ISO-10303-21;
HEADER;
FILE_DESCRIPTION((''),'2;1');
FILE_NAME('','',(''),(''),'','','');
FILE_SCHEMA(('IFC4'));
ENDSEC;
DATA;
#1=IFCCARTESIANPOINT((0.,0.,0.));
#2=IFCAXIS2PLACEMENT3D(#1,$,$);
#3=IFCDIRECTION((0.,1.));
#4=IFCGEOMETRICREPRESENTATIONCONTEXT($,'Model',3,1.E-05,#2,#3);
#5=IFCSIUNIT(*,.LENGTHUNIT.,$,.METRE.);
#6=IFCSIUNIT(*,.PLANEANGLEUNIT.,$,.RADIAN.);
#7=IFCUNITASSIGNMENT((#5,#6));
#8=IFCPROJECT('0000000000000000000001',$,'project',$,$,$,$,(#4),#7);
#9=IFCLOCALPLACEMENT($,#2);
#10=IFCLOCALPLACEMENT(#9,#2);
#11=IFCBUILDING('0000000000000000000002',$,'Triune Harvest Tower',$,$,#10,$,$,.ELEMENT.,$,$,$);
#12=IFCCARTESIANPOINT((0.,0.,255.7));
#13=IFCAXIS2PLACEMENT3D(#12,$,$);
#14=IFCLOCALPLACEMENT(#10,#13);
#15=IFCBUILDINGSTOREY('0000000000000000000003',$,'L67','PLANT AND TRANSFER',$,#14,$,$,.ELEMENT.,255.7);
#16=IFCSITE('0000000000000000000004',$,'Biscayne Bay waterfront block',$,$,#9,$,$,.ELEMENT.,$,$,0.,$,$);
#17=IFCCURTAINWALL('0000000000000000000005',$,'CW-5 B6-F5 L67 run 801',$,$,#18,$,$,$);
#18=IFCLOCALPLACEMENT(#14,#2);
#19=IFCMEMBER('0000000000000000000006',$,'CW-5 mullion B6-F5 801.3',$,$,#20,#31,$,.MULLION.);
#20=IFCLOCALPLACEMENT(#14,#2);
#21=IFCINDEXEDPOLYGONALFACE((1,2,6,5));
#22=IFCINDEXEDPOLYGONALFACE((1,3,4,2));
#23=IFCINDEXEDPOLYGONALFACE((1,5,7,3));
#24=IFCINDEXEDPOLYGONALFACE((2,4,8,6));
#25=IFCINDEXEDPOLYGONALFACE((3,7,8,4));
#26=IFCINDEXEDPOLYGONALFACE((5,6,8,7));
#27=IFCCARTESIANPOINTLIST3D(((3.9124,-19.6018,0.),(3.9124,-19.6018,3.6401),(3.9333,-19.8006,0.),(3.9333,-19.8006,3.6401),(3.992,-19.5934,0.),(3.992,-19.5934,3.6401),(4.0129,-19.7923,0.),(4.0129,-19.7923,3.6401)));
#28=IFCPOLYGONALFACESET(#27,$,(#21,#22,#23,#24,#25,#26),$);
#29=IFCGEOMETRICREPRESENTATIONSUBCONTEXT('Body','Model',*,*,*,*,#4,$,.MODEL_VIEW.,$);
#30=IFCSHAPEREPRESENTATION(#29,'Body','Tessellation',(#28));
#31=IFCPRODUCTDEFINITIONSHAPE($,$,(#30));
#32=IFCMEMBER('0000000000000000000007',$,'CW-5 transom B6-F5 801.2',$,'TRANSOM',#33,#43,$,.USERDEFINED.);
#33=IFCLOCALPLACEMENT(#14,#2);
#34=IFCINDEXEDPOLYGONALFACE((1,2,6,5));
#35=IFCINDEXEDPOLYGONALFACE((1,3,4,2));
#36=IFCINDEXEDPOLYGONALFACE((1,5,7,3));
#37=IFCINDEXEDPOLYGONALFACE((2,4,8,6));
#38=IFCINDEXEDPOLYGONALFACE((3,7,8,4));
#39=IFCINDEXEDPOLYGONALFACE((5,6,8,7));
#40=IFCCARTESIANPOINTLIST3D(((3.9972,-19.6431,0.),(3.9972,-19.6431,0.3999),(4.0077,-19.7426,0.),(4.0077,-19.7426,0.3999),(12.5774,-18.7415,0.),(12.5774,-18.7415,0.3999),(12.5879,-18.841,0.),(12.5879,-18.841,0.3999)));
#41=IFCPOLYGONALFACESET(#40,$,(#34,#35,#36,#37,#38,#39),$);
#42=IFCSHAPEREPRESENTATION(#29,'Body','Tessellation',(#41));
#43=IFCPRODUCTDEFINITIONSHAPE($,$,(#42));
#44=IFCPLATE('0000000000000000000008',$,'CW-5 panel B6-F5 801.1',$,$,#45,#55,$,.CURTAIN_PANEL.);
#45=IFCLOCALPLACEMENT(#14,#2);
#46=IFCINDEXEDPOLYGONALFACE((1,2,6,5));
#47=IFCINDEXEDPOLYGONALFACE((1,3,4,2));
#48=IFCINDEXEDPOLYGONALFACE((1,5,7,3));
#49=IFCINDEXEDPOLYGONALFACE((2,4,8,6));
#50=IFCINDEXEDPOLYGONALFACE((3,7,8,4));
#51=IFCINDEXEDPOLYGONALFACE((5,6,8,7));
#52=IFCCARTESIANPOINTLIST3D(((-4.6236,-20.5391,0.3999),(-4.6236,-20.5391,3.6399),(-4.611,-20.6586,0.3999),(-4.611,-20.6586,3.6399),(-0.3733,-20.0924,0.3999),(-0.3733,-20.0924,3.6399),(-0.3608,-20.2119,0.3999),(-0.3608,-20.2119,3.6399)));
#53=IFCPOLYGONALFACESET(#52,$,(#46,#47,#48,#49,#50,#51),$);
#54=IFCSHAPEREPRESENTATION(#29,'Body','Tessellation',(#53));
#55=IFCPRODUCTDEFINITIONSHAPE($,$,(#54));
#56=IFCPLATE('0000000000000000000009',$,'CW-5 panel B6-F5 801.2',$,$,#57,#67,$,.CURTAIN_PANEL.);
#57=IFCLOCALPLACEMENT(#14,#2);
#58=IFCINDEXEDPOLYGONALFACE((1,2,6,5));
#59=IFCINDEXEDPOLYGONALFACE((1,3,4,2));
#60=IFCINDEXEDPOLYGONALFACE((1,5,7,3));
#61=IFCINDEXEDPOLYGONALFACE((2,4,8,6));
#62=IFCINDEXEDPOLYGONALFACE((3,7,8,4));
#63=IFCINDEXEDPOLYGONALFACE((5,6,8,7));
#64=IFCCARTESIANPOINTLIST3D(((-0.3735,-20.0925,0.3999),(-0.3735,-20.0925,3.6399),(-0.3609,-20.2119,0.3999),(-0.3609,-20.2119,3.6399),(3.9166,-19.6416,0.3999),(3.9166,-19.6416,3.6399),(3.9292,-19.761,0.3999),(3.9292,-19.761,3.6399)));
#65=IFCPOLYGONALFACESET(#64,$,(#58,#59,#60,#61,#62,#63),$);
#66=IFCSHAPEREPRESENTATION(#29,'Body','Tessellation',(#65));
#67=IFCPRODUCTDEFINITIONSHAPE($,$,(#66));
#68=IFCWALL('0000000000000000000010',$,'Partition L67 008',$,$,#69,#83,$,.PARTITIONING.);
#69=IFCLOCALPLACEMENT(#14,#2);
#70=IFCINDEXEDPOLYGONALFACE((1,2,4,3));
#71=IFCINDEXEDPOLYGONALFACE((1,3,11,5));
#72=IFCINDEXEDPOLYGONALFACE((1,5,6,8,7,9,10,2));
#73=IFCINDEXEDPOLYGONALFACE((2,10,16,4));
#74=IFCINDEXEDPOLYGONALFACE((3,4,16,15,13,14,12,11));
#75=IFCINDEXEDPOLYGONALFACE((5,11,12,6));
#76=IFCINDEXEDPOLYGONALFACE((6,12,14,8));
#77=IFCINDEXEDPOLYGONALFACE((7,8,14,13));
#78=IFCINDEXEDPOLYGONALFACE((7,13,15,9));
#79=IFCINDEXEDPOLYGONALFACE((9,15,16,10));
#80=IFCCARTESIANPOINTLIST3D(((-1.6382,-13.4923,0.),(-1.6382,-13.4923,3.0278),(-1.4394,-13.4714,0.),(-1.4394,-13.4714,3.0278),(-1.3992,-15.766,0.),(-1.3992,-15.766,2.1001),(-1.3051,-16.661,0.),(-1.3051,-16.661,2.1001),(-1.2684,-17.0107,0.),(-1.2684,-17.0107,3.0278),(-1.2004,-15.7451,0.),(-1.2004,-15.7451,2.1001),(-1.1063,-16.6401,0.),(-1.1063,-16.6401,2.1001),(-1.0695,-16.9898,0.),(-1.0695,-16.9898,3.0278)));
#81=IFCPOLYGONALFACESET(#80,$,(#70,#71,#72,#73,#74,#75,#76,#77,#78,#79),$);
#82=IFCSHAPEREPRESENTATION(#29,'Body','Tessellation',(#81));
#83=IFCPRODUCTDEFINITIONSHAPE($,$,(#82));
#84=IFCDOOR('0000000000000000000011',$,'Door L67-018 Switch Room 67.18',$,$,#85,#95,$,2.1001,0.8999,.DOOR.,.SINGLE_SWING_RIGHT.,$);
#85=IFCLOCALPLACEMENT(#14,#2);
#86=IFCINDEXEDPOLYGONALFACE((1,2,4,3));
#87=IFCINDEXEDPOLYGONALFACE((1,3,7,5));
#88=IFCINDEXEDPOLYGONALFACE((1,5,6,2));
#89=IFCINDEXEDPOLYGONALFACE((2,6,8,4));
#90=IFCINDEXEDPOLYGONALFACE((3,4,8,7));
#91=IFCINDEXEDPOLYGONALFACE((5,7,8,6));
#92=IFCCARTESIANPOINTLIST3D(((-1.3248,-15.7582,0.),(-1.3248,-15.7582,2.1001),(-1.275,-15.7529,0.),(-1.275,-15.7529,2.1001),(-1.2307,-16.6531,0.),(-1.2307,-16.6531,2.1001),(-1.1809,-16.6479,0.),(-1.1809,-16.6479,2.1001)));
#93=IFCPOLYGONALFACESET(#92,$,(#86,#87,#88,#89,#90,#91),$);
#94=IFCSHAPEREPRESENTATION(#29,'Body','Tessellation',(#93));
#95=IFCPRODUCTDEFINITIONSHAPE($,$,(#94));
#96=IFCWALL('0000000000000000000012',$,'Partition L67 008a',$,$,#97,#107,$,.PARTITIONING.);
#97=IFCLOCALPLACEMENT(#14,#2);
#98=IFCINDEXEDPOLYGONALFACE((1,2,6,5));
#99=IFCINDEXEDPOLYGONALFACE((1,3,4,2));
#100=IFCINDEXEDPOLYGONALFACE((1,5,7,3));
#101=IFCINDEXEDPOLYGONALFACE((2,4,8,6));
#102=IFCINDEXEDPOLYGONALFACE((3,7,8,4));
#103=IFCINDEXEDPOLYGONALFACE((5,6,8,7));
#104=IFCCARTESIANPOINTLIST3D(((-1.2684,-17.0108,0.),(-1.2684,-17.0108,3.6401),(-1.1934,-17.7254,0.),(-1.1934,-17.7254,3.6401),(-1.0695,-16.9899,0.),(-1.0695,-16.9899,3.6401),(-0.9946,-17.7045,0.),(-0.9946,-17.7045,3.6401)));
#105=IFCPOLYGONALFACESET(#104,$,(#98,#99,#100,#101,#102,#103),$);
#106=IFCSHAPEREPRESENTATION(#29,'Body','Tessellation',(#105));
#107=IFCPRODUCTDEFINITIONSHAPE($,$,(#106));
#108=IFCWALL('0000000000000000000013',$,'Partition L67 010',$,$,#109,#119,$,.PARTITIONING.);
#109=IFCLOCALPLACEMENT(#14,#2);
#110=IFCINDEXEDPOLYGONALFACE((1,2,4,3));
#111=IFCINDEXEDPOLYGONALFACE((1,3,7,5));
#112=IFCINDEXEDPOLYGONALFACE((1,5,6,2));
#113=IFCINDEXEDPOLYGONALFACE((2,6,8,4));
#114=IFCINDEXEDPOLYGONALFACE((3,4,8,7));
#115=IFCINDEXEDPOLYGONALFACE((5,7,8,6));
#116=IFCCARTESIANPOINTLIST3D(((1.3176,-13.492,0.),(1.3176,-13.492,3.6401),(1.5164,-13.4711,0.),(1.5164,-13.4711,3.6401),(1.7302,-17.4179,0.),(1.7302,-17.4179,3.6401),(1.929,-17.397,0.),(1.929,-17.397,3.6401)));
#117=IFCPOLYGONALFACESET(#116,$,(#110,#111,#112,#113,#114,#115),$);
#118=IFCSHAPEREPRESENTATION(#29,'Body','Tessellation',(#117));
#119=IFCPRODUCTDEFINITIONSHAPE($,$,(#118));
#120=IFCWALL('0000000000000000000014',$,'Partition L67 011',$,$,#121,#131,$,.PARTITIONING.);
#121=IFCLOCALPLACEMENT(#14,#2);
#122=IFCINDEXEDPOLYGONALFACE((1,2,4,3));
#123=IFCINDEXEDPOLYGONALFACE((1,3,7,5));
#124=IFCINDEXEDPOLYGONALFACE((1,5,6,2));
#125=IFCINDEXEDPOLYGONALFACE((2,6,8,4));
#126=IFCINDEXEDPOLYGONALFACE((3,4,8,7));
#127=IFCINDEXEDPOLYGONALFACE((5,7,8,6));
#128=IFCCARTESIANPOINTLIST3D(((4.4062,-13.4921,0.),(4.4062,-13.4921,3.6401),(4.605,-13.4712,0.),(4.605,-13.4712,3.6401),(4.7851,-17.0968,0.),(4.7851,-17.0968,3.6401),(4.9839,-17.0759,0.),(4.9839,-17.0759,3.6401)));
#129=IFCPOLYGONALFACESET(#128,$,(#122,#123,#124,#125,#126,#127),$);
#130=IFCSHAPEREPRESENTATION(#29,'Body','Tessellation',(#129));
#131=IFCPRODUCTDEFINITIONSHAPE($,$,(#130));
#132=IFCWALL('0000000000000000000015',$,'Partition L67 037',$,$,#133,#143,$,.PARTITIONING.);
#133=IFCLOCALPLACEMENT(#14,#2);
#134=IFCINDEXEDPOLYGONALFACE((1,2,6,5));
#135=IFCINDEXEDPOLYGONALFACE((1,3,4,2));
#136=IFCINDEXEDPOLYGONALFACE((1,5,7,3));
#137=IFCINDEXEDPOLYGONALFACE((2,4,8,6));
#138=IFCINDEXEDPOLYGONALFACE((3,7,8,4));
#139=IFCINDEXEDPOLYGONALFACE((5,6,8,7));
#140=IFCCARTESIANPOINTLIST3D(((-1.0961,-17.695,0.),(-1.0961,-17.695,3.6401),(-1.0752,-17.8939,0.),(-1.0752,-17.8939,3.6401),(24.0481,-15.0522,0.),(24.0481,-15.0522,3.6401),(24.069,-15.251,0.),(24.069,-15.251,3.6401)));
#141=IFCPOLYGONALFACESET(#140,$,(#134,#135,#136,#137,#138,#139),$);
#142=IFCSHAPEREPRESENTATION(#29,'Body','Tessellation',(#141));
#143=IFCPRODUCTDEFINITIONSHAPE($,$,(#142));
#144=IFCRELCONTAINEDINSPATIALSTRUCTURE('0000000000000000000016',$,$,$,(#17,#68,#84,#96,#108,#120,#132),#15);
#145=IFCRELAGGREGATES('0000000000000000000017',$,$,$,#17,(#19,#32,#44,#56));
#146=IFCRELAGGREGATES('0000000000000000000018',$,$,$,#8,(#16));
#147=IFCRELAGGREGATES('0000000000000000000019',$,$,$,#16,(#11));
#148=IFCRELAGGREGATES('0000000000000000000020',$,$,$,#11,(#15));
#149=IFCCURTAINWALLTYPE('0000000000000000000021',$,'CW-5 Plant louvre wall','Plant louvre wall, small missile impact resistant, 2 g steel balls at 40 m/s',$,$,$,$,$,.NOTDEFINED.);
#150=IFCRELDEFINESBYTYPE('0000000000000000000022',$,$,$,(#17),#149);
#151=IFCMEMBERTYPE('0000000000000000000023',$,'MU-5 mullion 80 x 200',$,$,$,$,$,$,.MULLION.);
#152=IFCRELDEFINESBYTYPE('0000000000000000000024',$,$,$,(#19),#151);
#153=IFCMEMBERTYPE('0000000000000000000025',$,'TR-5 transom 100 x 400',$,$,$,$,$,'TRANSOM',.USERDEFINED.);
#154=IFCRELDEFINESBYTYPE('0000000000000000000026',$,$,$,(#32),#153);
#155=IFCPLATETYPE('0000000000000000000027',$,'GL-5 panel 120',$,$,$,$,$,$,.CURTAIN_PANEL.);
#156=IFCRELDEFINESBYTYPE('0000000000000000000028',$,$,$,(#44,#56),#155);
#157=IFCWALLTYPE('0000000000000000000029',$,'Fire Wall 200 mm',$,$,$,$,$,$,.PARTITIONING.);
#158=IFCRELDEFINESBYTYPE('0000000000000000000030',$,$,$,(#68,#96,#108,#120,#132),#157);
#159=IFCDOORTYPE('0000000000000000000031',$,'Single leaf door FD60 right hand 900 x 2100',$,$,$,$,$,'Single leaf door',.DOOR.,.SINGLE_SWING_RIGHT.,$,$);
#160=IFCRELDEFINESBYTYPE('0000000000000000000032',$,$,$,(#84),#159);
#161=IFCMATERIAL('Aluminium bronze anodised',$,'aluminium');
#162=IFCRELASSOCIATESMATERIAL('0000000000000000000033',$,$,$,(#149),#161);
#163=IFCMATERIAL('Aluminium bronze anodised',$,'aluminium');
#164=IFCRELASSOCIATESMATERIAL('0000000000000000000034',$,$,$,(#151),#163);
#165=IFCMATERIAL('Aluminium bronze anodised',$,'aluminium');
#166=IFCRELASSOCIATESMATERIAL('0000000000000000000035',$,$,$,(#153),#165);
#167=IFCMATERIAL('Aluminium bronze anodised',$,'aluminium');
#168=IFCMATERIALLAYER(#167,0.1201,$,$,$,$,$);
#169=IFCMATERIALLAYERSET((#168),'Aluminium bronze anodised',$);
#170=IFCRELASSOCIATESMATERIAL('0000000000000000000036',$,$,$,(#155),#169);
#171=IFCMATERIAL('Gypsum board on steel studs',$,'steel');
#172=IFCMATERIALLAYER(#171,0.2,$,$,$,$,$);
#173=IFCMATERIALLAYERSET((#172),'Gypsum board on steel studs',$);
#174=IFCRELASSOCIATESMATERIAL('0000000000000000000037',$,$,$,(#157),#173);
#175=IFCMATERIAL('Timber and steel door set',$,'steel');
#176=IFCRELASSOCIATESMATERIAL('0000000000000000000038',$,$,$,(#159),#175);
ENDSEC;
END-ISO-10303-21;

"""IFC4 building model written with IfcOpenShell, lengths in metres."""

from ifc_helpers import new_model, si_unit, direction, frame, frame_2d, origin, origin_2d, place, context, subcontext, project, spatial, rectangle, extrude, source, transform, mapped, material, layer, layer_set, material_profile, profile_set, type_object, element, fill, aggregate, save


model = new_model("IFC4")

# Units and contexts
model_context = context("Model", 3, precision=1e-05, world=origin(), true_north=direction((0.0, 1.0)))
body_context = subcontext(model_context, "Body", "Model", "MODEL_VIEW")
ifc_project = project(units=[si_unit("LENGTHUNIT", "METRE"), si_unit("PLANEANGLEUNIT", "RADIAN")], contexts=[model_context])

# Site, building, storey
site_placement = place(None, origin())
site = spatial("IfcSite", under=ifc_project, at=site_placement, Name="Biscayne Bay waterfront block", CompositionType="ELEMENT", RefElevation=0.0)
building_placement = place(site_placement, origin())
building = spatial("IfcBuilding", under=site, at=building_placement, Name="Triune Harvest Tower", CompositionType="ELEMENT")
storey_placement = place(building_placement, frame((0.0, 0.0, 255.7)))
storey = spatial("IfcBuildingStorey", under=building, at=storey_placement, Name="L67", Description="PLANT AND TRANSFER", CompositionType="ELEMENT", Elevation=255.7)

# Curtain wall, members, plates
ifc_material_1 = material(Name="Aluminium bronze anodised", Category="aluminium")
curtain_wall_type = type_object("IfcCurtainWallType", Name="CW-5 Plant louvre wall", Description="Plant louvre wall, small missile impact resistant, 2 g steel balls at 40 m/s", PredefinedType="NOTDEFINED", material=ifc_material_1)
curtain_wall_placement = place(storey_placement, origin())
curtain_wall = element("IfcCurtainWall", 1, at=curtain_wall_placement, inside=storey, type_object=curtain_wall_type, Name="CW-5 B6-F5 L67 run 801")
ifc_material_2 = material(Name="Aluminium bronze anodised", Category="aluminium")
ifc_material_profile_1 = material_profile(ifc_material_2, rectangle(XDim=0.2, YDim=0.0801, at=origin_2d()), Name="MU-5 mullion 80 x 200")
ifc_profile_set_1 = profile_set([ifc_material_profile_1], Name="Aluminium bronze anodised")
member_type_1 = type_object("IfcMemberType", Name="MU-5 mullion 80 x 200", PredefinedType="MULLION", material=ifc_profile_set_1)
shared_shape_1 = source(origin(), body_context, "Body", "SweptSolid", [
    extrude(rectangle(XDim=0.2, YDim=0.0801, at=origin_2d()), origin(), (0.0, 0.0, 1.0), 3.6401),
])
member_1_placement = place(storey_placement, frame((3.9626, -19.697, 0.0), z_axis=(0.0, 0.0, 1.0), x_axis=(-0.10453, 0.994522, 0.0)))
member_1 = element("IfcMember", 2, at=member_1_placement, type_object=member_type_1, Name="CW-5 mullion B6-F5 801.3", PredefinedType="MULLION", context=body_context, shape_type="MappedRepresentation", body=[
    mapped(shared_shape_1, transform((0.0, 0.0, 0.0), scale=1.0)),
])
ifc_material_3 = material(Name="Aluminium bronze anodised", Category="aluminium")
ifc_material_profile_2 = material_profile(ifc_material_3, rectangle(XDim=0.1001, YDim=0.3999, at=origin_2d()), Name="TR-5 transom 100 x 400")
ifc_profile_set_2 = profile_set([ifc_material_profile_2], Name="Aluminium bronze anodised")
member_type_2 = type_object("IfcMemberType", Name="TR-5 transom 100 x 400", ElementType="TRANSOM", PredefinedType="USERDEFINED", material=ifc_profile_set_2)
shared_shape_2 = source(origin(), body_context, "Body", "SweptSolid", [
    extrude(rectangle(XDim=0.1001, YDim=0.3999, at=origin_2d()), origin(), (0.0, 0.0, 1.0), 8.6274),
])
member_2_placement = place(storey_placement, frame((4.0024, -19.6929, 0.2), z_axis=(0.994524, 0.104507, 0.0), x_axis=(-0.104507, 0.994524, 0.0)))
member_2 = element("IfcMember", 3, at=member_2_placement, type_object=member_type_2, Name="CW-5 transom B6-F5 801.2", ObjectType="TRANSOM", PredefinedType="USERDEFINED", context=body_context, shape_type="MappedRepresentation", body=[
    mapped(shared_shape_2, transform((0.0, 0.0, 0.0), scale=1.0)),
])
ifc_material_4 = material(Name="Aluminium bronze anodised", Category="aluminium")
ifc_layer_1 = layer(ifc_material_4, 0.1201)
ifc_layer_set_1 = layer_set([ifc_layer_1], Name="Aluminium bronze anodised")
plate_type = type_object("IfcPlateType", Name="GL-5 panel 120", PredefinedType="CURTAIN_PANEL", material=ifc_layer_set_1)
plate_1_placement = place(storey_placement, frame((-2.4922, -20.3755, 0.3999), z_axis=(0.0, 0.0, 1.0), x_axis=(0.994522, 0.10453, 0.0)))
plate_1 = element("IfcPlate", 4, at=plate_1_placement, type_object=plate_type, Name="CW-5 panel B6-F5 801.1", PredefinedType="CURTAIN_PANEL", context=body_context, shape_type="SweptSolid", body=[
    extrude(rectangle(XDim=4.2737, YDim=0.1201, at=origin_2d()), origin(), (0.0, 0.0, 1.0), 3.24),
])
shared_shape_3 = source(origin(), body_context, "Body", "SweptSolid", [
    extrude(rectangle(XDim=4.3137, YDim=0.1201, at=origin_2d()), origin(), (0.0, 0.0, 1.0), 3.24),
])
plate_2_placement = place(storey_placement, frame((1.7778, -19.9268, 0.3999), z_axis=(0.0, 0.0, 1.0), x_axis=(0.994522, 0.10453, 0.0)))
plate_2 = element("IfcPlate", 5, at=plate_2_placement, type_object=plate_type, Name="CW-5 panel B6-F5 801.2", PredefinedType="CURTAIN_PANEL", context=body_context, shape_type="MappedRepresentation", body=[
    mapped(shared_shape_3, transform((0.0, 0.0, 0.0), scale=1.0)),
])
aggregate(curtain_wall, [member_1, member_2, plate_1, plate_2])

# Wall, opening, door
ifc_material_5 = material(Name="Gypsum board on steel studs", Category="steel")
ifc_layer_2 = layer(ifc_material_5, 0.2)
ifc_layer_set_2 = layer_set([ifc_layer_2], Name="Gypsum board on steel studs")
wall_type = type_object("IfcWallType", Name="Fire Wall 200 mm", PredefinedType="PARTITIONING", material=ifc_layer_set_2)
wall_1_placement = place(storey_placement, frame((-1.5388, -13.4817, 0.0), z_axis=(0.0, 0.0, 1.0), x_axis=(0.104545, -0.99452, 0.0)))
wall_1 = element("IfcWall", 6, at=wall_1_placement, inside=storey, type_object=wall_type, Name="Partition L67 008", PredefinedType="PARTITIONING", context=body_context, shape_type="SweptSolid", body=[
    extrude(rectangle(XDim=3.5378, YDim=0.2, at=frame_2d((1.769, 0.0))), origin(), (0.0, 0.0, 1.0), 3.0278),
])
opening_placement = place(wall_1_placement, frame((2.2864, 0.0, 0.0)))
opening = element("IfcOpeningElement", 7, at=opening_placement, cuts=wall_1, PredefinedType="OPENING", context=body_context, shape_type="SweptSolid", body=[
    extrude(rectangle(XDim=0.8999, YDim=2.1001, at=frame_2d((0.45, 1.05))), frame((0.0, 0.1099, 0.0), z_axis=(0.0, -1.0, 0.0), x_axis=(1.0, 0.0, 0.0)), (0.0, 0.0, 1.0), 0.22),
])
ifc_material_6 = material(Name="Timber and steel door set", Category="steel")
door_type = type_object("IfcDoorType", Name="Single leaf door FD60 right hand 900 x 2100", ElementType="Single leaf door", OperationType="SINGLE_SWING_RIGHT", PredefinedType="DOOR", material=ifc_material_6)
door_placement = place(opening_placement, origin())
door = element("IfcDoor", 8, at=door_placement, inside=storey, type_object=door_type, Name="Door L67-018 Switch Room 67.18", OperationType="SINGLE_SWING_RIGHT", OverallHeight=2.1001, OverallWidth=0.8999, PredefinedType="DOOR", context=body_context, shape_type="SweptSolid", body=[
    extrude(rectangle(XDim=0.8999, YDim=2.1001, at=frame_2d((0.45, 1.05))), frame((0.0, 0.0249, 0.0), z_axis=(0.0, -1.0, 0.0), x_axis=(1.0, 0.0, 0.0)), (0.0, 0.0, 1.0), 0.05),
])
fill(opening, door)

# Walls
wall_2_placement = place(storey_placement, frame((-1.1689, -17.0002, 0.0), z_axis=(0.0, 0.0, 1.0), x_axis=(0.104313, -0.994544, 0.0)))
element("IfcWall", 9, at=wall_2_placement, inside=storey, type_object=wall_type, Name="Partition L67 008a", PredefinedType="PARTITIONING", context=body_context, shape_type="SweptSolid", body=[
    extrude(rectangle(XDim=0.7185, YDim=0.2, at=frame_2d((0.3594, 0.0))), origin(), (0.0, 0.0, 1.0), 3.6401),
])
wall_3_placement = place(storey_placement, frame((1.417, -13.4817, 0.0), z_axis=(0.0, 0.0, 1.0), x_axis=(0.104524, -0.994522, 0.0)))
element("IfcWall", 10, at=wall_3_placement, inside=storey, type_object=wall_type, Name="Partition L67 010", PredefinedType="PARTITIONING", context=body_context, shape_type="SweptSolid", body=[
    extrude(rectangle(XDim=3.9475, YDim=0.2, at=frame_2d((1.9736, 0.0))), origin(), (0.0, 0.0, 1.0), 3.6401),
])
wall_4_placement = place(storey_placement, frame((4.5056, -13.4817, 0.0), z_axis=(0.0, 0.0, 1.0), x_axis=(0.104538, -0.994521, 0.0)))
element("IfcWall", 11, at=wall_4_placement, inside=storey, type_object=wall_type, Name="Partition L67 011", PredefinedType="PARTITIONING", context=body_context, shape_type="SweptSolid", body=[
    extrude(rectangle(XDim=3.6245, YDim=0.2, at=frame_2d((1.8123, 0.0))), origin(), (0.0, 0.0, 1.0), 3.6401),
])
wall_5_placement = place(storey_placement, frame((-1.0857, -17.7944, 0.0), z_axis=(0.0, 0.0, 1.0), x_axis=(0.994522, 0.10453, 0.0)))
element("IfcWall", 12, at=wall_5_placement, inside=storey, type_object=wall_type, Name="Partition L67 037", PredefinedType="PARTITIONING", context=body_context, shape_type="SweptSolid", body=[
    extrude(rectangle(XDim=25.2827, YDim=0.2, at=frame_2d((12.6414, 0.0))), origin(), (0.0, 0.0, 1.0), 3.6401),
])

save(model, "model.ifc")
